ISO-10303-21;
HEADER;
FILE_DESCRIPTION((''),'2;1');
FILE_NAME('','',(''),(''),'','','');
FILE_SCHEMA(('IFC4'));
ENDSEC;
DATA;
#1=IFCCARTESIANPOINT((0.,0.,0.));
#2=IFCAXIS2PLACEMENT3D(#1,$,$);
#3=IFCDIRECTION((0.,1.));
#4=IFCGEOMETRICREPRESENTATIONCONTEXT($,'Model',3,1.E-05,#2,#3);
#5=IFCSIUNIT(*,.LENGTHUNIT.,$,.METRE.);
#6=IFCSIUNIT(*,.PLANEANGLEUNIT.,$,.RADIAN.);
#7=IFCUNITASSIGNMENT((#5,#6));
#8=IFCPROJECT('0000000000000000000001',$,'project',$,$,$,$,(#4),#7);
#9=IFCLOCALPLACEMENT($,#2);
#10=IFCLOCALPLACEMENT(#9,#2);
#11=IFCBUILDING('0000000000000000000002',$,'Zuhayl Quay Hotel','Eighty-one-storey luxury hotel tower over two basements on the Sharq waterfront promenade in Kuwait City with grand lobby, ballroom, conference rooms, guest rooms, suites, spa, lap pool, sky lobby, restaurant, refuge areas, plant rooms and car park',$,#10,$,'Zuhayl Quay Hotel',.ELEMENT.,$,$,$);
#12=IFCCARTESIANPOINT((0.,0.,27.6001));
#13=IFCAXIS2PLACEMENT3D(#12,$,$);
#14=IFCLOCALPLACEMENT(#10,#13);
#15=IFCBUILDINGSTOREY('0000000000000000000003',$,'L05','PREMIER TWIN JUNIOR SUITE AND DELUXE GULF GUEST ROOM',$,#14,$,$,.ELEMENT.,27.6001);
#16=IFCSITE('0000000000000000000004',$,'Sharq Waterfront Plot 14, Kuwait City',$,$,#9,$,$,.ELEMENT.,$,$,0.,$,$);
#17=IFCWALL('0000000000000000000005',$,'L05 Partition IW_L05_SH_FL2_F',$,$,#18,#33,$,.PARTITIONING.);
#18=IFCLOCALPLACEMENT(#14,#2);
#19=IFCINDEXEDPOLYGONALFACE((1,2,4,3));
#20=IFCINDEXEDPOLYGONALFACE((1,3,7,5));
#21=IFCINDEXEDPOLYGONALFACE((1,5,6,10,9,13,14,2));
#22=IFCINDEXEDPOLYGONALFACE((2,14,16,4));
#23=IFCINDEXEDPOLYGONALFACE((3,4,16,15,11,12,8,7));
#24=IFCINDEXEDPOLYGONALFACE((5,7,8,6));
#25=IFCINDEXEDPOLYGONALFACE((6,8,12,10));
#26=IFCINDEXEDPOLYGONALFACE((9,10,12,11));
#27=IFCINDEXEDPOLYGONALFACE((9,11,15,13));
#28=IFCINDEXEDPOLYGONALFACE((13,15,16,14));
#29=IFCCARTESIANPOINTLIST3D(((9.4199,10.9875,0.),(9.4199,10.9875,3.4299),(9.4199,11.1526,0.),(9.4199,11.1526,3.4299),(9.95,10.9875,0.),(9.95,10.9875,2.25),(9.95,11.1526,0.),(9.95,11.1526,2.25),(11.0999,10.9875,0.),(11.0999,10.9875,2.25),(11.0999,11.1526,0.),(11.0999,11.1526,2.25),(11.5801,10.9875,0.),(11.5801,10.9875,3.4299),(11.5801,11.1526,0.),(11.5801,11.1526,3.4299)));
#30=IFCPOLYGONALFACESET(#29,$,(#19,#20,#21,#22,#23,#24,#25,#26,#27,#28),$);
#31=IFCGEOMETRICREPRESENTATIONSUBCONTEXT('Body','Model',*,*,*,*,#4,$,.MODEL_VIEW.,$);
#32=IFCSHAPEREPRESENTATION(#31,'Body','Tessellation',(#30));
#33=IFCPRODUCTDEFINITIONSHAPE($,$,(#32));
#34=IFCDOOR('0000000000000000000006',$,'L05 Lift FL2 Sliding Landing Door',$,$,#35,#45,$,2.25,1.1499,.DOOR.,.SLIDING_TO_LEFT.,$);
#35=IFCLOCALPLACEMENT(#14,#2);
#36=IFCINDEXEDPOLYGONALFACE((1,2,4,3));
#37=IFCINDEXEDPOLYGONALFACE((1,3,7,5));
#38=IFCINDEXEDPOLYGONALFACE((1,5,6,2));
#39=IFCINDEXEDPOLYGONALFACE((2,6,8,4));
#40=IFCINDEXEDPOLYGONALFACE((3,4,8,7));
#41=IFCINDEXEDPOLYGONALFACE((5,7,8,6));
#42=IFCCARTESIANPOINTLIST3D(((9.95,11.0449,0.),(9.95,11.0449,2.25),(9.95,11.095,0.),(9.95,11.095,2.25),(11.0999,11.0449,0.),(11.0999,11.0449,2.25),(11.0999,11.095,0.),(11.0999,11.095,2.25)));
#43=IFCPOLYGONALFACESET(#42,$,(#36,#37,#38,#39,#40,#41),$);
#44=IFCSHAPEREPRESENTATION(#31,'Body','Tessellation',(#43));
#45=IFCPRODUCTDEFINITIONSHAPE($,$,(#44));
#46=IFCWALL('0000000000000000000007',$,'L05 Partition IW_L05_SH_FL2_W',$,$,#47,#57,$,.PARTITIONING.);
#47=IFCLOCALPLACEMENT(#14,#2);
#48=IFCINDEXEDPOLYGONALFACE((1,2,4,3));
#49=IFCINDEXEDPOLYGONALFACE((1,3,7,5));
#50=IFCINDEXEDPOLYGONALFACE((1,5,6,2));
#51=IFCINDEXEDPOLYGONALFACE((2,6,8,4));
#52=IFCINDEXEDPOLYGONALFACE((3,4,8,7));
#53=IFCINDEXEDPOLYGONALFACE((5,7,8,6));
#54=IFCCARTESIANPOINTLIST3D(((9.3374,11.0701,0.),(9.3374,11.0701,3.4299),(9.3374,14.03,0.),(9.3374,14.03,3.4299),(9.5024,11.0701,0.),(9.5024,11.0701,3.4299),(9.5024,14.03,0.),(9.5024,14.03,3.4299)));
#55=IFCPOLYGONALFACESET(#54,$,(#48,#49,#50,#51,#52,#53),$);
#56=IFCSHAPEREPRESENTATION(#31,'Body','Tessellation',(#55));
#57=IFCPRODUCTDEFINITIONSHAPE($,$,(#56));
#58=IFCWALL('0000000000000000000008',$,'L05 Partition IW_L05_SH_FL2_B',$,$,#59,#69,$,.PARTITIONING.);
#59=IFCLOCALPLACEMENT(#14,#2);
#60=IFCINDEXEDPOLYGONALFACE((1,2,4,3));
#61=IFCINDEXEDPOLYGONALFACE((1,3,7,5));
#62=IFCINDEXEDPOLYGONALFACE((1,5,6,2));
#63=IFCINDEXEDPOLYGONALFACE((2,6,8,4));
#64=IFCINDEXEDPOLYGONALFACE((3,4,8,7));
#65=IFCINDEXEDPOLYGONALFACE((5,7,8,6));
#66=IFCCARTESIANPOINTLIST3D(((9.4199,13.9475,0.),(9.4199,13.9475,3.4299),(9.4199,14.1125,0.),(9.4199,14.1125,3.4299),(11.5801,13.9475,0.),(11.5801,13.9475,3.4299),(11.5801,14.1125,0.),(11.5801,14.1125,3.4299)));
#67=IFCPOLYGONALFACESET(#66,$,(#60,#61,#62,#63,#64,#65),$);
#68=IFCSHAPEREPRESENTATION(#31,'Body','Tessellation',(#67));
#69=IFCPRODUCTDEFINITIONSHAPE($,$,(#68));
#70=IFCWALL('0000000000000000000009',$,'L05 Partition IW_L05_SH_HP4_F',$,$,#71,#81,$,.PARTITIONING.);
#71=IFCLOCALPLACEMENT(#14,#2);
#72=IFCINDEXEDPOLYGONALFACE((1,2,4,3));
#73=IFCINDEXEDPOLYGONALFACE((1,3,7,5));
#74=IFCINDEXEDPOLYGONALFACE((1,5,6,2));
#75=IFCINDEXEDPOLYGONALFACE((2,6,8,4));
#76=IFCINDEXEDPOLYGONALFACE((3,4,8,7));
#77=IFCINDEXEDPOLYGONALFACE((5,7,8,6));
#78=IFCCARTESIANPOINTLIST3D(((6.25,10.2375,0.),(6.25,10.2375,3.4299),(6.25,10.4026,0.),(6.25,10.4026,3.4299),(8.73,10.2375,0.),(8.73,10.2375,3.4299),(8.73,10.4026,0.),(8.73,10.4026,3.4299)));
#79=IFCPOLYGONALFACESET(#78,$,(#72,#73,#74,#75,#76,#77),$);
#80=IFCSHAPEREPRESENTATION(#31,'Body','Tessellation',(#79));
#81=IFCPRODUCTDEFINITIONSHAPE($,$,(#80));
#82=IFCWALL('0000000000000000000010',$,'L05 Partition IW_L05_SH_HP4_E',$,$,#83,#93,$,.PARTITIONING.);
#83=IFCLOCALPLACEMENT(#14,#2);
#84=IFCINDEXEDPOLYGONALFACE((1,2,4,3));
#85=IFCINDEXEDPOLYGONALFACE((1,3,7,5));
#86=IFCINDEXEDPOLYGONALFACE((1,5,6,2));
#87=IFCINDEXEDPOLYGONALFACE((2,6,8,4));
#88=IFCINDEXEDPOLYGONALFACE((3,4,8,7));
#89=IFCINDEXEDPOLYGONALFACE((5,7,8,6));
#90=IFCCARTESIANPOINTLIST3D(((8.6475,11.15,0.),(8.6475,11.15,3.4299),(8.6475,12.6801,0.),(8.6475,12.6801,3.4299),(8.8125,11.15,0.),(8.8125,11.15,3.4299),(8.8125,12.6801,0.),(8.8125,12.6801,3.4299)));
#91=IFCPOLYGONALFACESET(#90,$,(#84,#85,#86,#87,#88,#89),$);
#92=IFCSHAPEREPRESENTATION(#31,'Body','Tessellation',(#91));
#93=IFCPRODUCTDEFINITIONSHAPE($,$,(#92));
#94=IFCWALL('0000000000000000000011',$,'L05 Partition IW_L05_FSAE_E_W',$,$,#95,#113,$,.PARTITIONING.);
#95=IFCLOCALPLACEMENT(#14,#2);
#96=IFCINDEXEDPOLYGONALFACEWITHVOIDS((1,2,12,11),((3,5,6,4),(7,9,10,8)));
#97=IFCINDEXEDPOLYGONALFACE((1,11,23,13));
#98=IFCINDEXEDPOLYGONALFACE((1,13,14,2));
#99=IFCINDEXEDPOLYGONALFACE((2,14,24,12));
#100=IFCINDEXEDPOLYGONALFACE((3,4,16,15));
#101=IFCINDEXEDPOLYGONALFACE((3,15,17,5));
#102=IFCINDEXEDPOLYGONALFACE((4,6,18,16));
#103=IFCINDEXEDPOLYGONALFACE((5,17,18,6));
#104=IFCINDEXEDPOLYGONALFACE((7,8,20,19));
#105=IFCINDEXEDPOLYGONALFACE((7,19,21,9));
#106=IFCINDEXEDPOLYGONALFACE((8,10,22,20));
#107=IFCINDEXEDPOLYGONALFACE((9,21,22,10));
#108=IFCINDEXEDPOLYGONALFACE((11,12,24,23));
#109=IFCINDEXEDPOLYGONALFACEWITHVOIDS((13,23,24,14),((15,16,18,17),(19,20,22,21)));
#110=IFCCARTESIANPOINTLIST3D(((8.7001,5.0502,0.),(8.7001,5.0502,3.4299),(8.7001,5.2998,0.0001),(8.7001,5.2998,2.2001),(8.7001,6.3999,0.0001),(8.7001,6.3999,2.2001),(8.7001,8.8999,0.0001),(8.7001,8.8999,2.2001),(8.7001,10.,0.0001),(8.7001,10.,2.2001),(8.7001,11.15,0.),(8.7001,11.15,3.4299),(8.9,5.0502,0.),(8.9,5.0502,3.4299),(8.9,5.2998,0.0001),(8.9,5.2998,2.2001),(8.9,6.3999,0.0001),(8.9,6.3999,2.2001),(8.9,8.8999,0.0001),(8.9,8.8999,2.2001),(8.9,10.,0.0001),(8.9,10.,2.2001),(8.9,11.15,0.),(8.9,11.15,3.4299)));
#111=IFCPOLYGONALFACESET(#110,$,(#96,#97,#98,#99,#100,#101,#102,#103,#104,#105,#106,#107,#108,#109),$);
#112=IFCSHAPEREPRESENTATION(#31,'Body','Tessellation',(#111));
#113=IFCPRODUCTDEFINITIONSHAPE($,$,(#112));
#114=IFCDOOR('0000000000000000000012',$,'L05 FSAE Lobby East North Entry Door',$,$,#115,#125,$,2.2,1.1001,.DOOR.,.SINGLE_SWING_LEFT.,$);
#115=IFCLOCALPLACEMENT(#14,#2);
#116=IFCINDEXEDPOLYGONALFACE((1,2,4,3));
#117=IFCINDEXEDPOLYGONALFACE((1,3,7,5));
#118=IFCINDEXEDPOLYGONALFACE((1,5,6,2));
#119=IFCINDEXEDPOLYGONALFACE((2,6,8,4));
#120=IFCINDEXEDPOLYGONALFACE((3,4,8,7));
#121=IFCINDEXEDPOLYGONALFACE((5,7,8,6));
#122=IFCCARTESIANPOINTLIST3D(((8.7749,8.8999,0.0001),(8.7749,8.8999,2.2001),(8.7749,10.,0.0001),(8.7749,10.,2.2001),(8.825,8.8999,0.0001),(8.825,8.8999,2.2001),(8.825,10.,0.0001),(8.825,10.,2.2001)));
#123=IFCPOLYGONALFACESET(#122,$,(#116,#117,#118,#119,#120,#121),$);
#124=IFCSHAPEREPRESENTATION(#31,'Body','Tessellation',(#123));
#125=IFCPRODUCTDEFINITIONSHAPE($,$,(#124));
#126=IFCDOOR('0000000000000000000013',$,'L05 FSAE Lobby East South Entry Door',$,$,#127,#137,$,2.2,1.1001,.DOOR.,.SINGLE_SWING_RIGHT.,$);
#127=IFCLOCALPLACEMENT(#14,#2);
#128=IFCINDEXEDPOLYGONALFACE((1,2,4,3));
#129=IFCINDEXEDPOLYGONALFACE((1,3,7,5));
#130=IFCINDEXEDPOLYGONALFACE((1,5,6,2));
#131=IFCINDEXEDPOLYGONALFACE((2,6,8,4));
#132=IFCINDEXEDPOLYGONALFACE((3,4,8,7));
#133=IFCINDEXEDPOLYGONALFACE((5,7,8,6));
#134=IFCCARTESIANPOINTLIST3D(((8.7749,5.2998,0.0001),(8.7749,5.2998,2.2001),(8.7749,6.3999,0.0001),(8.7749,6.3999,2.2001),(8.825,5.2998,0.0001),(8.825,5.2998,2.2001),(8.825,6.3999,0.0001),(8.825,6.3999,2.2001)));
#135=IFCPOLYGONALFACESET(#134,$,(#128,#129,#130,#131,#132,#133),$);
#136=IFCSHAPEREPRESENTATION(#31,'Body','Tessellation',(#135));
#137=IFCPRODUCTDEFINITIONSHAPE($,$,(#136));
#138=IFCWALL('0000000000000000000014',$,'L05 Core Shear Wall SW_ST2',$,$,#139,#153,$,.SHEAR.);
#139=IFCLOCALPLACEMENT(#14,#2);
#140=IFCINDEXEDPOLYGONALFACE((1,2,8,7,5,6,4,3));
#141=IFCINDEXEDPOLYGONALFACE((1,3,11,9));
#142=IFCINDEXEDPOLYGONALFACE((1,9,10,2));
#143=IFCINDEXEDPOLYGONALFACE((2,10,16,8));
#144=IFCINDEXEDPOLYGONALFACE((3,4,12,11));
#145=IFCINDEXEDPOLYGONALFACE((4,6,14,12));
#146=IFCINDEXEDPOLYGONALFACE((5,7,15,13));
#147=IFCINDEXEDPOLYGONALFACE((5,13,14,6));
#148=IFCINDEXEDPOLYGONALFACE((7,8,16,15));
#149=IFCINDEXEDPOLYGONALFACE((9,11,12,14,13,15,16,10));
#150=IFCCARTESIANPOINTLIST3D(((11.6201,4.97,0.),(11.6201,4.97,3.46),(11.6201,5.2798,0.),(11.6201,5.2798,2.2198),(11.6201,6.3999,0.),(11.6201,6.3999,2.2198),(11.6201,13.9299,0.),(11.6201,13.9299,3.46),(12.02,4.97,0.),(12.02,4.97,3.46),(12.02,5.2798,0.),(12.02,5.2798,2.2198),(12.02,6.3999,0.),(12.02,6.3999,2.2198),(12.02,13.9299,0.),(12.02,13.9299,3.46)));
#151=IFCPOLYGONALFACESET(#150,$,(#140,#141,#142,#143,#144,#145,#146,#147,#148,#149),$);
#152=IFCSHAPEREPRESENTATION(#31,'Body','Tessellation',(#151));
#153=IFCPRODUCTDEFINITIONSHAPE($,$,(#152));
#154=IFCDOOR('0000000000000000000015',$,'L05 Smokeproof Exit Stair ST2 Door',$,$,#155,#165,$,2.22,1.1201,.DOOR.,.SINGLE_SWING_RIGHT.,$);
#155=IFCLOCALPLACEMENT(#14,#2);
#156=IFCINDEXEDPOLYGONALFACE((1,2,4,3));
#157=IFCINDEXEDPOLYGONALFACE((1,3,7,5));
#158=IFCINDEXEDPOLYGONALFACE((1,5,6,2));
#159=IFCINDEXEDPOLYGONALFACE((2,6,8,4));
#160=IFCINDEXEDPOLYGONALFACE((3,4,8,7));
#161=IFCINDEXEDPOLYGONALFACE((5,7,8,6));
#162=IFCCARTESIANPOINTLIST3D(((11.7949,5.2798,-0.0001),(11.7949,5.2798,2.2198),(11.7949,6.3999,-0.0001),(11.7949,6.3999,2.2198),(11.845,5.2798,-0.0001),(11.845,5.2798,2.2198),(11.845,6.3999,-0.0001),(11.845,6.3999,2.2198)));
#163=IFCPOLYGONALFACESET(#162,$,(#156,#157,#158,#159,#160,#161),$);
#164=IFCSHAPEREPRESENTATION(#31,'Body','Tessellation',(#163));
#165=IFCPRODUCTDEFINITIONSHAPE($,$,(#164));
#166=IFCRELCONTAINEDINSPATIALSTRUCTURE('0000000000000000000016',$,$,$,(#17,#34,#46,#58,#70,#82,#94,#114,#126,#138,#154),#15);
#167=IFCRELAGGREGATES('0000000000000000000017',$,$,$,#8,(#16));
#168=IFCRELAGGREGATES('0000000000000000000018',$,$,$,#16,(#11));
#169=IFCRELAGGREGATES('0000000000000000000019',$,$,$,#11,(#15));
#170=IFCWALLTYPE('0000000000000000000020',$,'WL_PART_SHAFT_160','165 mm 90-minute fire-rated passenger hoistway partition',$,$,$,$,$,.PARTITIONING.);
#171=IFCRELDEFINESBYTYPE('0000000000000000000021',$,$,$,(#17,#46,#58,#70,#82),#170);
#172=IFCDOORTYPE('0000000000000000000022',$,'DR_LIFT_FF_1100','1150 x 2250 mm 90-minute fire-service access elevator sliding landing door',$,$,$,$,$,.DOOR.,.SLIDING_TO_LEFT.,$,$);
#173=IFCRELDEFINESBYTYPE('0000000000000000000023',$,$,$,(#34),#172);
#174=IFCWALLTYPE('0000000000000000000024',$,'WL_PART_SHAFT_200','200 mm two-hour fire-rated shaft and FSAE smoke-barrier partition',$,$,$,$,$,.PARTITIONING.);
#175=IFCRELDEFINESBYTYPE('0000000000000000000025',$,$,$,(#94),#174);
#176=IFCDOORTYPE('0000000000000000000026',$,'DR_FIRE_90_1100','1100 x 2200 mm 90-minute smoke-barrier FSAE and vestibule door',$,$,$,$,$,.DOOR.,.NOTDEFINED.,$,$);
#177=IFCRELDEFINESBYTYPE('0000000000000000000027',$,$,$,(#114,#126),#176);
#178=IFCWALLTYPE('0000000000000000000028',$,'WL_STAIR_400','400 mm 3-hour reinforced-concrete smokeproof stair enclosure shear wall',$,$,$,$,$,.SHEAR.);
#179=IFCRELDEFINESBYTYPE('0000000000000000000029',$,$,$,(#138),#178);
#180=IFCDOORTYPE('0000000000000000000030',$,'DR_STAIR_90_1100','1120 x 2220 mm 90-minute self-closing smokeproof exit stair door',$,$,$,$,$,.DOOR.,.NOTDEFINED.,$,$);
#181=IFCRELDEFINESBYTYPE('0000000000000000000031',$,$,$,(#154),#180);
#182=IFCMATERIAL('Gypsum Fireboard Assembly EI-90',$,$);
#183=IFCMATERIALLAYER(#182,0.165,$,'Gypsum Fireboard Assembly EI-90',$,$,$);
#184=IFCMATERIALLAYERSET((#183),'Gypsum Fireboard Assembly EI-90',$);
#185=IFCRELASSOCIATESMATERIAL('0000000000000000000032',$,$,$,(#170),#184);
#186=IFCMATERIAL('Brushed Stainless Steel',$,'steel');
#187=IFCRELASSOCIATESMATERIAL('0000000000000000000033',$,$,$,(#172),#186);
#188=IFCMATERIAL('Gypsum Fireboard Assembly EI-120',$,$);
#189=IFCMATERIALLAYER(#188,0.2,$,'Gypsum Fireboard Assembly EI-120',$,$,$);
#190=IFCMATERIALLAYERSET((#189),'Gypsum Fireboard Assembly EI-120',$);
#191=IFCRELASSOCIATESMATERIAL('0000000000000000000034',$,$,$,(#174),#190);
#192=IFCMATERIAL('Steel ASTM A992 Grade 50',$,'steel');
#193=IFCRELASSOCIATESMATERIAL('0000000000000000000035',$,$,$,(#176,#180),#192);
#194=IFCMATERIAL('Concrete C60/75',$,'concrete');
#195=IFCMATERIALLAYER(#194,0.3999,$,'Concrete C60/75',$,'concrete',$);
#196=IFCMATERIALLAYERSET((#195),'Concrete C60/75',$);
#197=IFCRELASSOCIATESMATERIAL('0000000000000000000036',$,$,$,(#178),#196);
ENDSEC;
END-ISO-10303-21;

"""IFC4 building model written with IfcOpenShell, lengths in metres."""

from ifc_helpers import new_model, si_unit, direction, frame, frame_2d, origin, place, context, subcontext, project, spatial, rectangle, extrude, material, layer, layer_set, type_object, element, fill, save


model = new_model("IFC4")

# Units and contexts
model_context = context("Model", 3, precision=1e-05, world=origin(), true_north=direction((0.0, 1.0)))
body_context = subcontext(model_context, "Body", "Model", "MODEL_VIEW")
ifc_project = project(units=[si_unit("LENGTHUNIT", "METRE"), si_unit("PLANEANGLEUNIT", "RADIAN")], contexts=[model_context])

# Site, building, storey
site_placement = place(None, origin())
site = spatial("IfcSite", under=ifc_project, at=site_placement, Name="Sharq Waterfront Plot 14, Kuwait City", CompositionType="ELEMENT", RefElevation=0.0)
building_placement = place(site_placement, origin())
building = spatial("IfcBuilding", under=site, at=building_placement, Name="Zuhayl Quay Hotel", Description="Eighty-one-storey luxury hotel tower over two basements on the Sharq waterfront promenade in Kuwait City with grand lobby, ballroom, conference rooms, guest rooms, suites, spa, lap pool, sky lobby, restaurant, refuge areas, plant rooms and car park", LongName="Zuhayl Quay Hotel", CompositionType="ELEMENT")
storey_placement = place(building_placement, frame((0.0, 0.0, 27.6001)))
storey = spatial("IfcBuildingStorey", under=building, at=storey_placement, Name="L05", Description="PREMIER TWIN JUNIOR SUITE AND DELUXE GULF GUEST ROOM", CompositionType="ELEMENT", Elevation=27.6001)

# Shared definitions
ifc_material_1 = material(Name="Steel ASTM A992 Grade 50", Category="steel")

# Wall, opening, door
ifc_material_2 = material(Name="Gypsum Fireboard Assembly EI-90")
ifc_layer_1 = layer(ifc_material_2, 0.165, Name="Gypsum Fireboard Assembly EI-90")
ifc_layer_set_1 = layer_set([ifc_layer_1], Name="Gypsum Fireboard Assembly EI-90")
wall_type_1 = type_object("IfcWallType", Name="WL_PART_SHAFT_160", Description="165 mm 90-minute fire-rated passenger hoistway partition", PredefinedType="PARTITIONING", material=ifc_layer_set_1)
wall_1_placement = place(storey_placement, frame((9.4199, 11.0701, 0.0), z_axis=(0.0, 0.0, 1.0), x_axis=(1.0, 0.0, 0.0)))
wall_1 = element("IfcWall", 1, at=wall_1_placement, inside=storey, type_object=wall_type_1, Name="L05 Partition IW_L05_SH_FL2_F", PredefinedType="PARTITIONING", context=body_context, shape_type="SweptSolid", body=[
    extrude(rectangle(XDim=2.1602, YDim=0.165, at=frame_2d((1.0801, 0.0))), origin(), (0.0, 0.0, 1.0), 3.4299),
])
opening_1_placement = place(wall_1_placement, frame((0.53, 0.0, 0.0)))
opening_1 = element("IfcOpeningElement", 2, at=opening_1_placement, cuts=wall_1, PredefinedType="OPENING", context=body_context, shape_type="SweptSolid", body=[
    extrude(rectangle(XDim=1.1499, YDim=2.25, at=frame_2d((0.575, 1.125))), frame((0.0, 0.0925, 0.0), z_axis=(0.0, -1.0, 0.0), x_axis=(1.0, 0.0, 0.0)), (0.0, 0.0, 1.0), 0.1851),
])
ifc_material_3 = material(Name="Brushed Stainless Steel", Category="steel")
door_type_1 = type_object("IfcDoorType", Name="DR_LIFT_FF_1100", Description="1150 x 2250 mm 90-minute fire-service access elevator sliding landing door", OperationType="SLIDING_TO_LEFT", PredefinedType="DOOR", material=ifc_material_3)
door_1_placement = place(opening_1_placement, origin())
door_1 = element("IfcDoor", 3, at=door_1_placement, inside=storey, type_object=door_type_1, Name="L05 Lift FL2 Sliding Landing Door", OperationType="SLIDING_TO_LEFT", OverallHeight=2.25, OverallWidth=1.1499, PredefinedType="DOOR", context=body_context, shape_type="SweptSolid", body=[
    extrude(rectangle(XDim=1.1499, YDim=2.25, at=frame_2d((0.575, 1.125))), frame((0.0, 0.0249, 0.0), z_axis=(0.0, -1.0, 0.0), x_axis=(1.0, 0.0, 0.0)), (0.0, 0.0, 1.0), 0.05),
])
fill(opening_1, door_1)

# Walls
wall_2_placement = place(storey_placement, frame((9.4199, 11.0701, 0.0), z_axis=(0.0, 0.0, 1.0), x_axis=(0.0, 1.0, 0.0)))
element("IfcWall", 4, at=wall_2_placement, inside=storey, type_object=wall_type_1, Name="L05 Partition IW_L05_SH_FL2_W", PredefinedType="PARTITIONING", context=body_context, shape_type="SweptSolid", body=[
    extrude(rectangle(XDim=2.96, YDim=0.165, at=frame_2d((1.48, 0.0))), origin(), (0.0, 0.0, 1.0), 3.4299),
])
wall_3_placement = place(storey_placement, frame((9.4199, 14.03, 0.0), z_axis=(0.0, 0.0, 1.0), x_axis=(1.0, 0.0, 0.0)))
element("IfcWall", 5, at=wall_3_placement, inside=storey, type_object=wall_type_1, Name="L05 Partition IW_L05_SH_FL2_B", PredefinedType="PARTITIONING", context=body_context, shape_type="SweptSolid", body=[
    extrude(rectangle(XDim=2.1602, YDim=0.165, at=frame_2d((1.0801, 0.0))), origin(), (0.0, 0.0, 1.0), 3.4299),
])
wall_4_placement = place(storey_placement, frame((6.25, 10.3201, 0.0), z_axis=(0.0, 0.0, 1.0), x_axis=(1.0, 0.0, 0.0)))
element("IfcWall", 6, at=wall_4_placement, inside=storey, type_object=wall_type_1, Name="L05 Partition IW_L05_SH_HP4_F", PredefinedType="PARTITIONING", context=body_context, shape_type="SweptSolid", body=[
    extrude(rectangle(XDim=2.48, YDim=0.165, at=frame_2d((1.24, 0.0))), origin(), (0.0, 0.0, 1.0), 3.4299),
])
wall_5_placement = place(storey_placement, frame((8.73, 11.1499, 0.0), z_axis=(0.0, 0.0, 1.0), x_axis=(0.0, 1.0, 0.0)))
element("IfcWall", 7, at=wall_5_placement, inside=storey, type_object=wall_type_1, Name="L05 Partition IW_L05_SH_HP4_E", PredefinedType="PARTITIONING", context=body_context, shape_type="SweptSolid", body=[
    extrude(rectangle(XDim=1.53, YDim=0.165, at=frame_2d((0.7651, 0.0))), origin(), (0.0, 0.0, 1.0), 3.4299),
])

# Wall, openings, doors
ifc_material_4 = material(Name="Gypsum Fireboard Assembly EI-120")
ifc_layer_2 = layer(ifc_material_4, 0.2, Name="Gypsum Fireboard Assembly EI-120")
ifc_layer_set_2 = layer_set([ifc_layer_2], Name="Gypsum Fireboard Assembly EI-120")
wall_type_2 = type_object("IfcWallType", Name="WL_PART_SHAFT_200", Description="200 mm two-hour fire-rated shaft and FSAE smoke-barrier partition", PredefinedType="PARTITIONING", material=ifc_layer_set_2)
wall_6_placement = place(storey_placement, frame((8.8, 11.1499, 0.0), z_axis=(0.0, 0.0, 1.0), x_axis=(0.0, -1.0, 0.0)))
wall_6 = element("IfcWall", 8, at=wall_6_placement, inside=storey, type_object=wall_type_2, Name="L05 Partition IW_L05_FSAE_E_W", PredefinedType="PARTITIONING", context=body_context, shape_type="SweptSolid", body=[
    extrude(rectangle(XDim=6.0999, YDim=0.2, at=frame_2d((3.0498, 0.0))), origin(), (0.0, 0.0, 1.0), 3.4299),
])
opening_2_placement = place(wall_6_placement, frame((1.1499, 0.0, 0.0)))
opening_2 = element("IfcOpeningElement", 9, at=opening_2_placement, cuts=wall_6, PredefinedType="OPENING", context=body_context, shape_type="SweptSolid", body=[
    extrude(rectangle(XDim=1.1001, YDim=2.2, at=frame_2d((0.55, 1.1001))), frame((0.0, 0.1099, 0.0), z_axis=(0.0, -1.0, 0.0), x_axis=(1.0, 0.0, 0.0)), (0.0, 0.0, 1.0), 0.22),
])
opening_3_placement = place(wall_6_placement, frame((4.75, 0.0, 0.0)))
opening_3 = element("IfcOpeningElement", 10, at=opening_3_placement, cuts=wall_6, PredefinedType="OPENING", context=body_context, shape_type="SweptSolid", body=[
    extrude(rectangle(XDim=1.1001, YDim=2.2, at=frame_2d((0.55, 1.1001))), frame((0.0, 0.1099, 0.0), z_axis=(0.0, -1.0, 0.0), x_axis=(1.0, 0.0, 0.0)), (0.0, 0.0, 1.0), 0.22),
])
door_type_2 = type_object("IfcDoorType", Name="DR_FIRE_90_1100", Description="1100 x 2200 mm 90-minute smoke-barrier FSAE and vestibule door", OperationType="NOTDEFINED", PredefinedType="DOOR", material=ifc_material_1)
door_2_placement = place(opening_2_placement, origin())
door_2 = element("IfcDoor", 11, at=door_2_placement, inside=storey, type_object=door_type_2, Name="L05 FSAE Lobby East North Entry Door", OperationType="SINGLE_SWING_LEFT", OverallHeight=2.2, OverallWidth=1.1001, PredefinedType="DOOR", context=body_context, shape_type="SweptSolid", body=[
    extrude(rectangle(XDim=1.1001, YDim=2.2, at=frame_2d((0.55, 1.1001))), frame((0.0, 0.0249, 0.0), z_axis=(0.0, -1.0, 0.0), x_axis=(1.0, 0.0, 0.0)), (0.0, 0.0, 1.0), 0.05),
])
fill(opening_2, door_2)
door_3_placement = place(opening_3_placement, origin())
door_3 = element("IfcDoor", 12, at=door_3_placement, inside=storey, type_object=door_type_2, Name="L05 FSAE Lobby East South Entry Door", OperationType="SINGLE_SWING_RIGHT", OverallHeight=2.2, OverallWidth=1.1001, PredefinedType="DOOR", context=body_context, shape_type="SweptSolid", body=[
    extrude(rectangle(XDim=1.1001, YDim=2.2, at=frame_2d((0.55, 1.1001))), frame((0.0, 0.0249, 0.0), z_axis=(0.0, -1.0, 0.0), x_axis=(1.0, 0.0, 0.0)), (0.0, 0.0, 1.0), 0.05),
])
fill(opening_3, door_3)

# Wall, opening, door
ifc_material_5 = material(Name="Concrete C60/75", Category="concrete")
ifc_layer_3 = layer(ifc_material_5, 0.3999, Name="Concrete C60/75", Category="concrete")
ifc_layer_set_3 = layer_set([ifc_layer_3], Name="Concrete C60/75")
wall_type_3 = type_object("IfcWallType", Name="WL_STAIR_400", Description="400 mm 3-hour reinforced-concrete smokeproof stair enclosure shear wall", PredefinedType="SHEAR", material=ifc_layer_set_3)
wall_7_placement = place(storey_placement, frame((11.8201, 13.9299, 0.0), z_axis=(0.0, 0.0, 1.0), x_axis=(0.0, -1.0, 0.0)))
wall_7 = element("IfcWall", 13, at=wall_7_placement, inside=storey, type_object=wall_type_3, Name="L05 Core Shear Wall SW_ST2", PredefinedType="SHEAR", context=body_context, shape_type="SweptSolid", body=[
    extrude(rectangle(XDim=8.96, YDim=0.3999, at=frame_2d((4.48, 0.0))), origin(), (0.0, 0.0, 1.0), 3.46),
])
opening_4_placement = place(wall_7_placement, frame((7.53, 0.0, 0.0)))
opening_4 = element("IfcOpeningElement", 14, at=opening_4_placement, cuts=wall_7, PredefinedType="OPENING", context=body_context, shape_type="SweptSolid", body=[
    extrude(rectangle(XDim=1.1201, YDim=2.22, at=frame_2d((0.5601, 1.1099))), frame((0.0, 0.21, 0.0), z_axis=(0.0, -1.0, 0.0), x_axis=(1.0, 0.0, 0.0)), (0.0, 0.0, 1.0), 0.4199),
])
door_type_3 = type_object("IfcDoorType", Name="DR_STAIR_90_1100", Description="1120 x 2220 mm 90-minute self-closing smokeproof exit stair door", OperationType="NOTDEFINED", PredefinedType="DOOR", material=ifc_material_1)
door_4_placement = place(opening_4_placement, origin())
door_4 = element("IfcDoor", 15, at=door_4_placement, inside=storey, type_object=door_type_3, Name="L05 Smokeproof Exit Stair ST2 Door", OperationType="SINGLE_SWING_RIGHT", OverallHeight=2.22, OverallWidth=1.1201, PredefinedType="DOOR", context=body_context, shape_type="SweptSolid", body=[
    extrude(rectangle(XDim=1.1201, YDim=2.22, at=frame_2d((0.5601, 1.1099))), frame((0.0, 0.0249, 0.0), z_axis=(0.0, -1.0, 0.0), x_axis=(1.0, 0.0, 0.0)), (0.0, 0.0, 1.0), 0.05),
])
fill(opening_4, door_4)

save(model, "model.ifc")
